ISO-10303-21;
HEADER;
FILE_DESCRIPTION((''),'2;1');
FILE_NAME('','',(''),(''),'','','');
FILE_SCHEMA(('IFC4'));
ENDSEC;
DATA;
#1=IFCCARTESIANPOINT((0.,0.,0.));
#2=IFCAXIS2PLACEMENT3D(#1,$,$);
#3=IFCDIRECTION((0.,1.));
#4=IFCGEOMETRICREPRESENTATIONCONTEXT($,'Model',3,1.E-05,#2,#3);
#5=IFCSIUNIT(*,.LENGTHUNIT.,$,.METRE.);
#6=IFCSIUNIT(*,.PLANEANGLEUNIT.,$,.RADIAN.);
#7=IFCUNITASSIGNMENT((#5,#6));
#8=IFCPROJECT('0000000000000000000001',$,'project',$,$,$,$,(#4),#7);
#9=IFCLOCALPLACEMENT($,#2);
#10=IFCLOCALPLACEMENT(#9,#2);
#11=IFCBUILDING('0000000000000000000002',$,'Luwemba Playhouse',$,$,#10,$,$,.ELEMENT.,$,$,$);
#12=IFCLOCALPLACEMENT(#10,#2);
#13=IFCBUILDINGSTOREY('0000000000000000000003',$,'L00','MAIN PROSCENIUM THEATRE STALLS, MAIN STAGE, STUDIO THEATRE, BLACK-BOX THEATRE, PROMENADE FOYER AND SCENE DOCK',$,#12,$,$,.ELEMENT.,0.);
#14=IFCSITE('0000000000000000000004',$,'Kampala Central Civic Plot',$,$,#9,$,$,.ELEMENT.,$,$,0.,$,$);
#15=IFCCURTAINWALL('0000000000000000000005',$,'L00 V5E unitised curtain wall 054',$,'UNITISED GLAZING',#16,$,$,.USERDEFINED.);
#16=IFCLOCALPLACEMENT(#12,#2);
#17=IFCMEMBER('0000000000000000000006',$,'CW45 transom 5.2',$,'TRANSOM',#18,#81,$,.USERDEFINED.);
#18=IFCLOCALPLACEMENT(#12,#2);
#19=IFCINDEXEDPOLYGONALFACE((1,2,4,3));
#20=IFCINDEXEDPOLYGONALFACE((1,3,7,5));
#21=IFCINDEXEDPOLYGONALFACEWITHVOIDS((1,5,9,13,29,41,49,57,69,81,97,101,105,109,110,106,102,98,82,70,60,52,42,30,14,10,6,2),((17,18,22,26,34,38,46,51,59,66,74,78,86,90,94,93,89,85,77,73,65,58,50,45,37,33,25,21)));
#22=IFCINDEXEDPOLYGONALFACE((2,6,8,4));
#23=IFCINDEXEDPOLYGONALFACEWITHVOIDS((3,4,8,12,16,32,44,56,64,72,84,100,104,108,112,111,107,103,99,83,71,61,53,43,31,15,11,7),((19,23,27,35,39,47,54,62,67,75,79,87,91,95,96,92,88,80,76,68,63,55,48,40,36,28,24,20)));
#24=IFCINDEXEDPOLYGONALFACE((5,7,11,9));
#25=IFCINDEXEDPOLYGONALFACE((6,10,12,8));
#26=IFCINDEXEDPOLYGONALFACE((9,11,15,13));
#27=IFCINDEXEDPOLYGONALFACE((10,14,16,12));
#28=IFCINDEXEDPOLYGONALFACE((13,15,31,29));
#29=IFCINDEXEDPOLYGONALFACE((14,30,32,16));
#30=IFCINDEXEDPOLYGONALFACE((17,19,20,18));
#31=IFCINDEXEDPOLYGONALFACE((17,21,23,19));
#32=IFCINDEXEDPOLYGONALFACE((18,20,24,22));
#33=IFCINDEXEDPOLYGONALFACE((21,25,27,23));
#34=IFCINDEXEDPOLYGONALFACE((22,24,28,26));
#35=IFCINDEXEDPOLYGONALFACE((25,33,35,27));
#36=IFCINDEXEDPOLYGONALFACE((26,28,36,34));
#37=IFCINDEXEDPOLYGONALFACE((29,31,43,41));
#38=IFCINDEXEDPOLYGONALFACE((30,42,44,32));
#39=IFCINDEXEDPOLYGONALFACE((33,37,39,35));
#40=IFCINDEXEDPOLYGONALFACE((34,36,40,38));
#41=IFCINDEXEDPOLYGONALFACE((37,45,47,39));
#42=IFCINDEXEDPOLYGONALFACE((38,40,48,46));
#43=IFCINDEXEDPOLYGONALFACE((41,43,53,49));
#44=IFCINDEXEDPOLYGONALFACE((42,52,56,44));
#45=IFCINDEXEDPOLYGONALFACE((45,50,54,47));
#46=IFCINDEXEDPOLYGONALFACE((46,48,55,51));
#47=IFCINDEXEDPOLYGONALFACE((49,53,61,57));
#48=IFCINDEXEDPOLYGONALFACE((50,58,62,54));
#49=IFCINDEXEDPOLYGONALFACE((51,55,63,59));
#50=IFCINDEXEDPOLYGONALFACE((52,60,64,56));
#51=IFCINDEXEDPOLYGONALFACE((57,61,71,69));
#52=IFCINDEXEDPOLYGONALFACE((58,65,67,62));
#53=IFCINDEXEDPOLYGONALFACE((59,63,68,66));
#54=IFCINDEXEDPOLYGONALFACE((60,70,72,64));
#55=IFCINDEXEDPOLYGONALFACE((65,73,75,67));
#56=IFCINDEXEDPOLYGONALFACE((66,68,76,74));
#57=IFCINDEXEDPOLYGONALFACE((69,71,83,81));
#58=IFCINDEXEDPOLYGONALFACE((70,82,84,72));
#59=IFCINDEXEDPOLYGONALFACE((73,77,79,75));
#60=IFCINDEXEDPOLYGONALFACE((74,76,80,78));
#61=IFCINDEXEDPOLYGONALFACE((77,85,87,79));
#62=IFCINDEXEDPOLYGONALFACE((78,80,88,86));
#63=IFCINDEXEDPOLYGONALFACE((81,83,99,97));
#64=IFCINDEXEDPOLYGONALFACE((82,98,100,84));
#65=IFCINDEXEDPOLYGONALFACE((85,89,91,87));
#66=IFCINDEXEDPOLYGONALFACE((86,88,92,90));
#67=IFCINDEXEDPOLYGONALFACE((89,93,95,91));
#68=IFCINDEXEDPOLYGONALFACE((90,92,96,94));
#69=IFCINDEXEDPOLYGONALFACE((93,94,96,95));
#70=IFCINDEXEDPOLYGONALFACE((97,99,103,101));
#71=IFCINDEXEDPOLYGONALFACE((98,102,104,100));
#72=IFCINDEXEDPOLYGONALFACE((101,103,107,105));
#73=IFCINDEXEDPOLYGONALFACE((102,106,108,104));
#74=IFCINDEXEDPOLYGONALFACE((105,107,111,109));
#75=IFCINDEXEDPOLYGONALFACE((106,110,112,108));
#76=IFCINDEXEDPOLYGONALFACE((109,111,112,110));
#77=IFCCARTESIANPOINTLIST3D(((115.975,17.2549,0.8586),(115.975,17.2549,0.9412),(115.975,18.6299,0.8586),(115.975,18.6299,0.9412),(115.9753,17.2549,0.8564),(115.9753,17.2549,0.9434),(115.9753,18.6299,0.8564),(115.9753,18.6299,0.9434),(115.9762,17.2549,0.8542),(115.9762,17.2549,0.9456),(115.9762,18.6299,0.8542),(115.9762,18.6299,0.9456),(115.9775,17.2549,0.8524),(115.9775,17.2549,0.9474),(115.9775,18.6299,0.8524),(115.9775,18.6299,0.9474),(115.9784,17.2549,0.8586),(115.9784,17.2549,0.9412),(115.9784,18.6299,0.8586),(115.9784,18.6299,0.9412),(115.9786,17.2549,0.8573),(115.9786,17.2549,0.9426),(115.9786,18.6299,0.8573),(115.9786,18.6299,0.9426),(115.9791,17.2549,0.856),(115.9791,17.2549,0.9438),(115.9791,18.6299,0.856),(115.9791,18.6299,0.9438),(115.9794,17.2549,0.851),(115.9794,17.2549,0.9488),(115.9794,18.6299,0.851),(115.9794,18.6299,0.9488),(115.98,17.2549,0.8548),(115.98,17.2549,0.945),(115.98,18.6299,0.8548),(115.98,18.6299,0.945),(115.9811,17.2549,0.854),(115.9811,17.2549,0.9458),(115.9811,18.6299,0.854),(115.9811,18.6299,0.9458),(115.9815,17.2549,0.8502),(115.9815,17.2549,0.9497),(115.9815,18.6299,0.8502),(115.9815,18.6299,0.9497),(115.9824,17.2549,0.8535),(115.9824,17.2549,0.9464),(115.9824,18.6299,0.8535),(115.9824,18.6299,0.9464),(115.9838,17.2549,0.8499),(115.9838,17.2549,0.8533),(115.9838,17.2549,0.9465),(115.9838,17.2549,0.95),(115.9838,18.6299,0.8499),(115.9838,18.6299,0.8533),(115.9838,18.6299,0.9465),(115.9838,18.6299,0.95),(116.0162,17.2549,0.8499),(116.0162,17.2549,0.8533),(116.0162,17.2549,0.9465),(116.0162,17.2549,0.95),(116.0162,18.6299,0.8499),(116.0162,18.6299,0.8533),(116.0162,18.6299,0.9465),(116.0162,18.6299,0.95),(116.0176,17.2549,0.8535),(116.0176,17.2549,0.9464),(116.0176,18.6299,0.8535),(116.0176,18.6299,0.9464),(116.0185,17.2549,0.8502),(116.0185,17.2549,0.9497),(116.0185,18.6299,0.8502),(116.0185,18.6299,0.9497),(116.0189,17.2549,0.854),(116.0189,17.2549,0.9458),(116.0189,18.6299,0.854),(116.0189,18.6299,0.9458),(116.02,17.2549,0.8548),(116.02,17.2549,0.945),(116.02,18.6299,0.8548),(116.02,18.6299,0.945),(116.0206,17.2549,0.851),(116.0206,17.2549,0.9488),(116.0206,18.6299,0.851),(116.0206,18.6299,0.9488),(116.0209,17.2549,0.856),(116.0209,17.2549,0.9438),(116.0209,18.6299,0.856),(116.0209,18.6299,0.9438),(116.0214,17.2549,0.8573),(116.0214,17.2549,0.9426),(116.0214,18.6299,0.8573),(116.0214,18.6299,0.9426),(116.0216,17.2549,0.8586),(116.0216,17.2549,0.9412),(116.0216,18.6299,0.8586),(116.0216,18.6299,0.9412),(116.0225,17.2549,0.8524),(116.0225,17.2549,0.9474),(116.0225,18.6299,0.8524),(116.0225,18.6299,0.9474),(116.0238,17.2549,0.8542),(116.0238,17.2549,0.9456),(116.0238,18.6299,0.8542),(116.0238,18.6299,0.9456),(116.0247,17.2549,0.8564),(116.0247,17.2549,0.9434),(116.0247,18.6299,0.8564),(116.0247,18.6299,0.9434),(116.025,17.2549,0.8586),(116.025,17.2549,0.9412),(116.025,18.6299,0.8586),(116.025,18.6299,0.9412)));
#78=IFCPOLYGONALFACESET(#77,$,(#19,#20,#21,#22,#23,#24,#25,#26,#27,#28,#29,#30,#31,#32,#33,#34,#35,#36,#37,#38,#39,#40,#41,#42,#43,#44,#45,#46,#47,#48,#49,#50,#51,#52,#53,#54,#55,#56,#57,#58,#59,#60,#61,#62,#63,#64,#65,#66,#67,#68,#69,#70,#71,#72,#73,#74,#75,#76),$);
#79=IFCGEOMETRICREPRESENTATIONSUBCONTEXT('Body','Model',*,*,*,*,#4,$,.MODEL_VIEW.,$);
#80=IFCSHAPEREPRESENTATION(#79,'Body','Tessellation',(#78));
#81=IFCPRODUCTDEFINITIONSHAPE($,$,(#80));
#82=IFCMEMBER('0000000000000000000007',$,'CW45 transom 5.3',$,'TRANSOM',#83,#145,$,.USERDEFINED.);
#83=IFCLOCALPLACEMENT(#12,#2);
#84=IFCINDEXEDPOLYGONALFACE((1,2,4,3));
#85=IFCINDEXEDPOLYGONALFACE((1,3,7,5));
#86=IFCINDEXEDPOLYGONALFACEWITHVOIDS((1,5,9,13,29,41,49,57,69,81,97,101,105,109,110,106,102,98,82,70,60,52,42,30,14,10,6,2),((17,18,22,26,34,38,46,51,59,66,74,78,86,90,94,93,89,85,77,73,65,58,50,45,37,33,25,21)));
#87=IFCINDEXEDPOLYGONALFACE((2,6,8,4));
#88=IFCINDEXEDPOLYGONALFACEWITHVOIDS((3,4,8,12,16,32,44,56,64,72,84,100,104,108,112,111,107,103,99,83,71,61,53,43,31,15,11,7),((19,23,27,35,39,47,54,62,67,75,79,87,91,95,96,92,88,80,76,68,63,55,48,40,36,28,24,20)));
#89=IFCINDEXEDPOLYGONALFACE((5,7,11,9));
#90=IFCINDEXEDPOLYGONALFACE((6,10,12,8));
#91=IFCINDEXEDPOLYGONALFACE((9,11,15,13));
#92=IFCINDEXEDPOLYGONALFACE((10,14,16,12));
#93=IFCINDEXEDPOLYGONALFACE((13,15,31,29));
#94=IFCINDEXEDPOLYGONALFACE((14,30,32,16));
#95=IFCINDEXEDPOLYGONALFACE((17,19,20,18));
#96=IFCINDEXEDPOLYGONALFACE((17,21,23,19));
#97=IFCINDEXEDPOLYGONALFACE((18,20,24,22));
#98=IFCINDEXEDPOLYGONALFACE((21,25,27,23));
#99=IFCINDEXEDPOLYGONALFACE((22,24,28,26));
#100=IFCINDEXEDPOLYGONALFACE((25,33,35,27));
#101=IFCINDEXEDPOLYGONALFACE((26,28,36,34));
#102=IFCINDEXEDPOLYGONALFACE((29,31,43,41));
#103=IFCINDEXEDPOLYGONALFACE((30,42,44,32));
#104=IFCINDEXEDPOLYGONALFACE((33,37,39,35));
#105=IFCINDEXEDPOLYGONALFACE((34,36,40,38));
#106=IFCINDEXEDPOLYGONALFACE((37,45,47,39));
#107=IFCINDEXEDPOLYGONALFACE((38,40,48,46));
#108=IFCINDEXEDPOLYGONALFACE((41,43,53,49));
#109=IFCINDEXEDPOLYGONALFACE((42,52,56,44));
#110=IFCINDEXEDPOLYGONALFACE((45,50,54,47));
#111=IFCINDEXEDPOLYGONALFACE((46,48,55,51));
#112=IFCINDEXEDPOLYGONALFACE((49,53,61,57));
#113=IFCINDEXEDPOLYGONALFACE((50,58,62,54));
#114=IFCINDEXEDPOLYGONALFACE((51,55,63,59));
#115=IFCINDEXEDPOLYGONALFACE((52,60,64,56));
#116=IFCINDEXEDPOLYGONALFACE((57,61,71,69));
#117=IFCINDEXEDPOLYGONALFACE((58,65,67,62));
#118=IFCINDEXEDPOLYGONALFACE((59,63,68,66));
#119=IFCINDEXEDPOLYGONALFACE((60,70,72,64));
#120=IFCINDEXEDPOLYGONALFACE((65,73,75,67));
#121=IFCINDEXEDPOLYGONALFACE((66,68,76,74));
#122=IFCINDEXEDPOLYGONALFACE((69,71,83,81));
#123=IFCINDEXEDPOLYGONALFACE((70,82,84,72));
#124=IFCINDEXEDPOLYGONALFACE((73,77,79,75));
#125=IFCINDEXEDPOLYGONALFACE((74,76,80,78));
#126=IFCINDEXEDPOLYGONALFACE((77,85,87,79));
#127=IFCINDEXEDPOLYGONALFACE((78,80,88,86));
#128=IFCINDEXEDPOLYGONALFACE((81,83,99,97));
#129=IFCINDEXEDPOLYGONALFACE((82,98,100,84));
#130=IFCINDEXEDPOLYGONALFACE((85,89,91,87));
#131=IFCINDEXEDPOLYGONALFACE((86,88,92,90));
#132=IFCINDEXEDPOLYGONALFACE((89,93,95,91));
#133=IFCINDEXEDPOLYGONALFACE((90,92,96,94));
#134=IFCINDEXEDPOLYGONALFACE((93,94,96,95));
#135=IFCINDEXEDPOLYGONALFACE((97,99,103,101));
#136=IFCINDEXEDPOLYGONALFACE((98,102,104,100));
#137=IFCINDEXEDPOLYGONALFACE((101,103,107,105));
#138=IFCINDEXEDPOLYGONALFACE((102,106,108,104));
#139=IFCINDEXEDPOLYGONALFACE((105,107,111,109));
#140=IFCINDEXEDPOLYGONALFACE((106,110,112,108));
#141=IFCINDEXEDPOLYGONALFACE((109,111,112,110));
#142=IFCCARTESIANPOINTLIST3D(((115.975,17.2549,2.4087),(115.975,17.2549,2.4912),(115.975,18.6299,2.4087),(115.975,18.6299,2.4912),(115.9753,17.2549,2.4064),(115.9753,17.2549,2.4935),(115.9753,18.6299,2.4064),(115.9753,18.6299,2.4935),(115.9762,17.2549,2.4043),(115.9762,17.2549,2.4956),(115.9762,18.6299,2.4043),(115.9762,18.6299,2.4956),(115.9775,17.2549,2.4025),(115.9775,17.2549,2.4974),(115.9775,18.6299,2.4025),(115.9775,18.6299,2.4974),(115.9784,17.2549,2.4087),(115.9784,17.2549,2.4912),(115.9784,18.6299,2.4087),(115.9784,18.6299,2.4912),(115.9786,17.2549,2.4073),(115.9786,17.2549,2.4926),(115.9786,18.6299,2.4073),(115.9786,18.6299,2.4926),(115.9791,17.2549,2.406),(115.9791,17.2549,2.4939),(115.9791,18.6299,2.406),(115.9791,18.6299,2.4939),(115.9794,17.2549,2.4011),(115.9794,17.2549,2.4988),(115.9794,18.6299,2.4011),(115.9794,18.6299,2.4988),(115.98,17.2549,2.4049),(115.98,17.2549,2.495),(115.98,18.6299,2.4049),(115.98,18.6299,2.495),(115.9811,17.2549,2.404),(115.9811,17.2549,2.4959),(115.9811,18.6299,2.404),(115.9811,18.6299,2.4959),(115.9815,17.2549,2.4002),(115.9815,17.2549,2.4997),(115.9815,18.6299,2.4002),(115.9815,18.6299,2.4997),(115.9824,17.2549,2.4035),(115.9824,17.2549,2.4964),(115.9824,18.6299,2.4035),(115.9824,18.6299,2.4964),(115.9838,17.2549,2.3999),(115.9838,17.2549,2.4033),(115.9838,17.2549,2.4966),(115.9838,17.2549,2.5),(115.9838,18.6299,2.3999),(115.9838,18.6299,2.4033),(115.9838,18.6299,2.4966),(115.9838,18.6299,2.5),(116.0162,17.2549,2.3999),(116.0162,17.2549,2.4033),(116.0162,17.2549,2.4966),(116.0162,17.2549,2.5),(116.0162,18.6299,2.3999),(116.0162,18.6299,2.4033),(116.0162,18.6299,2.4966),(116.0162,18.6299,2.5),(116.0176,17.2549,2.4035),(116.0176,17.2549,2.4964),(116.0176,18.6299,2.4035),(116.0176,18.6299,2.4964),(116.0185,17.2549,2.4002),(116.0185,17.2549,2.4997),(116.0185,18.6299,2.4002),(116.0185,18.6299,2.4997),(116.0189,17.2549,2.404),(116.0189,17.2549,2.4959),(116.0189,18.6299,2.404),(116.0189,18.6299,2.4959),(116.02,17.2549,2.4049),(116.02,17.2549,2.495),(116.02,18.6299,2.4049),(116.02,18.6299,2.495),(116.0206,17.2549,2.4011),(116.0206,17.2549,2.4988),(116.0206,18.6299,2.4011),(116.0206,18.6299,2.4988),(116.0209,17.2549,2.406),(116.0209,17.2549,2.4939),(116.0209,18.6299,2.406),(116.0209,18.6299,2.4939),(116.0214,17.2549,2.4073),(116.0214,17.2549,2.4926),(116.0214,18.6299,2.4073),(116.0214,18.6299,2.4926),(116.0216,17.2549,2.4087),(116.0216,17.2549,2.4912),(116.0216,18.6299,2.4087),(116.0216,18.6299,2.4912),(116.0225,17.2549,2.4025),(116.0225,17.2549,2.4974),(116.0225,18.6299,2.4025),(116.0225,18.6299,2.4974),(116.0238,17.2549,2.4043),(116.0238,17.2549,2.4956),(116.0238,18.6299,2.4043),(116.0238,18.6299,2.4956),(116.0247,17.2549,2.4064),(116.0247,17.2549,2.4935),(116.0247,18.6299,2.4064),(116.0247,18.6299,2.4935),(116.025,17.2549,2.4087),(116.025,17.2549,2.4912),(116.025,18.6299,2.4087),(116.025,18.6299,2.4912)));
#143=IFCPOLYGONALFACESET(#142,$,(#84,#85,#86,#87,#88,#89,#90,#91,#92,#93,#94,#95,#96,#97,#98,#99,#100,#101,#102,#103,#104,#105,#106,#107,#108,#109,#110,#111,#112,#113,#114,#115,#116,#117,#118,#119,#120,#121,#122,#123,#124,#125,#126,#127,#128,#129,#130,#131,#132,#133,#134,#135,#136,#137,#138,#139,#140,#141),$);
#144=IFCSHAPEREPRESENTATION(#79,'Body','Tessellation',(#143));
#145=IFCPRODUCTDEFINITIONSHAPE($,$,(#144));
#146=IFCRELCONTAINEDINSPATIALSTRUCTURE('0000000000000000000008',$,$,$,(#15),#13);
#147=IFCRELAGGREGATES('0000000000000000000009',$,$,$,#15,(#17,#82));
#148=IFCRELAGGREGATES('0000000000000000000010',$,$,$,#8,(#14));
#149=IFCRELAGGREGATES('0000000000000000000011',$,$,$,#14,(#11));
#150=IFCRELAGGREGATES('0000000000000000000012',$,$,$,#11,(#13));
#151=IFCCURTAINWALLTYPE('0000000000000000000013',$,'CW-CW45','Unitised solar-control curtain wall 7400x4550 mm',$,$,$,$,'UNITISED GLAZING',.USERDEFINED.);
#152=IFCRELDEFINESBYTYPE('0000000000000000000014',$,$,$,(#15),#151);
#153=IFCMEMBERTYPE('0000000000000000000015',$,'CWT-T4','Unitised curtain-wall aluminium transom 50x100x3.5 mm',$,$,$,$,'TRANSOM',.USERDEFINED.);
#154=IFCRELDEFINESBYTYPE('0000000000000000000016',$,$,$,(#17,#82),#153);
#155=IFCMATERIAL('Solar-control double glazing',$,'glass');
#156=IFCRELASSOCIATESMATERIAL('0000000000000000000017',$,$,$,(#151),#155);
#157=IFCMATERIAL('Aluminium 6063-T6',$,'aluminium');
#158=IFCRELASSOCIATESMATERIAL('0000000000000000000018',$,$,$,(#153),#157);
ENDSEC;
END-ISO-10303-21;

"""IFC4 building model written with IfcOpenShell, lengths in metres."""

from ifc_helpers import new_model, si_unit, direction, frame, origin, origin_2d, place, context, subcontext, project, spatial, hollow_rectangle, extrude, material, material_profile, profile_set, type_object, element, aggregate, save


model = new_model("IFC4")

# Units and contexts
model_context = context("Model", 3, precision=1e-05, world=origin(), true_north=direction((0.0, 1.0)))
body_context = subcontext(model_context, "Body", "Model", "MODEL_VIEW")
ifc_project = project(units=[si_unit("LENGTHUNIT", "METRE"), si_unit("PLANEANGLEUNIT", "RADIAN")], contexts=[model_context])

# Site, building, storey
site_placement = place(None, origin())
site = spatial("IfcSite", under=ifc_project, at=site_placement, Name="Kampala Central Civic Plot", CompositionType="ELEMENT", RefElevation=0.0)
building_placement = place(site_placement, origin())
building = spatial("IfcBuilding", under=site, at=building_placement, Name="Luwemba Playhouse", CompositionType="ELEMENT")
storey_placement = place(building_placement, origin())
storey = spatial("IfcBuildingStorey", under=building, at=storey_placement, Name="L00", Description="MAIN PROSCENIUM THEATRE STALLS, MAIN STAGE, STUDIO THEATRE, BLACK-BOX THEATRE, PROMENADE FOYER AND SCENE DOCK", CompositionType="ELEMENT", Elevation=0.0)

# Shared definitions
ifc_material_1 = material(Name="Solar-control double glazing", Category="glass")
ifc_material_2 = material(Name="Aluminium 6063-T6", Category="aluminium")

# Curtain wall
curtain_wall_type_1 = type_object("IfcCurtainWallType", Name="CW-CW45", Description="Unitised solar-control curtain wall 7400x4550 mm", ElementType="UNITISED GLAZING", PredefinedType="USERDEFINED", material=ifc_material_1)
curtain_wall_1_placement = place(storey_placement, origin())
curtain_wall_1 = element("IfcCurtainWall", 1, at=curtain_wall_1_placement, inside=storey, type_object=curtain_wall_type_1, Name="L00 V5E unitised curtain wall 054", ObjectType="UNITISED GLAZING", PredefinedType="USERDEFINED")

# Members
ifc_material_profile_1 = material_profile(ifc_material_2, hollow_rectangle(XDim=0.05, YDim=0.1001, WallThickness=0.0034, InnerFilletRadius=0.0054, OuterFilletRadius=0.0088, at=origin_2d()))
ifc_profile_set_1 = profile_set([ifc_material_profile_1], Name="Aluminium 6063-T6")
member_type_1 = type_object("IfcMemberType", Name="CWT-T4", Description="Unitised curtain-wall aluminium transom 50x100x3.5 mm", ElementType="TRANSOM", PredefinedType="USERDEFINED", material=ifc_profile_set_1)
member_1_placement = place(storey_placement, frame((116.0, 17.2549, 0.8999), z_axis=(0.0, 1.0, 0.0), x_axis=(-1.0, 0.0, 0.0)))
member_1 = element("IfcMember", 2, at=member_1_placement, type_object=member_type_1, Name="CW45 transom 5.2", ObjectType="TRANSOM", PredefinedType="USERDEFINED", context=body_context, shape_type="SweptSolid", body=[
    extrude(hollow_rectangle(XDim=0.05, YDim=0.1001, WallThickness=0.0034, InnerFilletRadius=0.0054, OuterFilletRadius=0.0088, at=origin_2d()), origin(), (0.0, 0.0, 1.0), 1.375),
])
member_2_placement = place(storey_placement, frame((116.0, 17.2549, 2.45), z_axis=(0.0, 1.0, 0.0), x_axis=(-1.0, 0.0, 0.0)))
member_2 = element("IfcMember", 3, at=member_2_placement, type_object=member_type_1, Name="CW45 transom 5.3", ObjectType="TRANSOM", PredefinedType="USERDEFINED", context=body_context, shape_type="SweptSolid", body=[
    extrude(hollow_rectangle(XDim=0.05, YDim=0.1001, WallThickness=0.0034, InnerFilletRadius=0.0054, OuterFilletRadius=0.0088, at=origin_2d()), origin(), (0.0, 0.0, 1.0), 1.375),
])

aggregate(curtain_wall_1, [member_1, member_2])

save(model, "model.ifc")
